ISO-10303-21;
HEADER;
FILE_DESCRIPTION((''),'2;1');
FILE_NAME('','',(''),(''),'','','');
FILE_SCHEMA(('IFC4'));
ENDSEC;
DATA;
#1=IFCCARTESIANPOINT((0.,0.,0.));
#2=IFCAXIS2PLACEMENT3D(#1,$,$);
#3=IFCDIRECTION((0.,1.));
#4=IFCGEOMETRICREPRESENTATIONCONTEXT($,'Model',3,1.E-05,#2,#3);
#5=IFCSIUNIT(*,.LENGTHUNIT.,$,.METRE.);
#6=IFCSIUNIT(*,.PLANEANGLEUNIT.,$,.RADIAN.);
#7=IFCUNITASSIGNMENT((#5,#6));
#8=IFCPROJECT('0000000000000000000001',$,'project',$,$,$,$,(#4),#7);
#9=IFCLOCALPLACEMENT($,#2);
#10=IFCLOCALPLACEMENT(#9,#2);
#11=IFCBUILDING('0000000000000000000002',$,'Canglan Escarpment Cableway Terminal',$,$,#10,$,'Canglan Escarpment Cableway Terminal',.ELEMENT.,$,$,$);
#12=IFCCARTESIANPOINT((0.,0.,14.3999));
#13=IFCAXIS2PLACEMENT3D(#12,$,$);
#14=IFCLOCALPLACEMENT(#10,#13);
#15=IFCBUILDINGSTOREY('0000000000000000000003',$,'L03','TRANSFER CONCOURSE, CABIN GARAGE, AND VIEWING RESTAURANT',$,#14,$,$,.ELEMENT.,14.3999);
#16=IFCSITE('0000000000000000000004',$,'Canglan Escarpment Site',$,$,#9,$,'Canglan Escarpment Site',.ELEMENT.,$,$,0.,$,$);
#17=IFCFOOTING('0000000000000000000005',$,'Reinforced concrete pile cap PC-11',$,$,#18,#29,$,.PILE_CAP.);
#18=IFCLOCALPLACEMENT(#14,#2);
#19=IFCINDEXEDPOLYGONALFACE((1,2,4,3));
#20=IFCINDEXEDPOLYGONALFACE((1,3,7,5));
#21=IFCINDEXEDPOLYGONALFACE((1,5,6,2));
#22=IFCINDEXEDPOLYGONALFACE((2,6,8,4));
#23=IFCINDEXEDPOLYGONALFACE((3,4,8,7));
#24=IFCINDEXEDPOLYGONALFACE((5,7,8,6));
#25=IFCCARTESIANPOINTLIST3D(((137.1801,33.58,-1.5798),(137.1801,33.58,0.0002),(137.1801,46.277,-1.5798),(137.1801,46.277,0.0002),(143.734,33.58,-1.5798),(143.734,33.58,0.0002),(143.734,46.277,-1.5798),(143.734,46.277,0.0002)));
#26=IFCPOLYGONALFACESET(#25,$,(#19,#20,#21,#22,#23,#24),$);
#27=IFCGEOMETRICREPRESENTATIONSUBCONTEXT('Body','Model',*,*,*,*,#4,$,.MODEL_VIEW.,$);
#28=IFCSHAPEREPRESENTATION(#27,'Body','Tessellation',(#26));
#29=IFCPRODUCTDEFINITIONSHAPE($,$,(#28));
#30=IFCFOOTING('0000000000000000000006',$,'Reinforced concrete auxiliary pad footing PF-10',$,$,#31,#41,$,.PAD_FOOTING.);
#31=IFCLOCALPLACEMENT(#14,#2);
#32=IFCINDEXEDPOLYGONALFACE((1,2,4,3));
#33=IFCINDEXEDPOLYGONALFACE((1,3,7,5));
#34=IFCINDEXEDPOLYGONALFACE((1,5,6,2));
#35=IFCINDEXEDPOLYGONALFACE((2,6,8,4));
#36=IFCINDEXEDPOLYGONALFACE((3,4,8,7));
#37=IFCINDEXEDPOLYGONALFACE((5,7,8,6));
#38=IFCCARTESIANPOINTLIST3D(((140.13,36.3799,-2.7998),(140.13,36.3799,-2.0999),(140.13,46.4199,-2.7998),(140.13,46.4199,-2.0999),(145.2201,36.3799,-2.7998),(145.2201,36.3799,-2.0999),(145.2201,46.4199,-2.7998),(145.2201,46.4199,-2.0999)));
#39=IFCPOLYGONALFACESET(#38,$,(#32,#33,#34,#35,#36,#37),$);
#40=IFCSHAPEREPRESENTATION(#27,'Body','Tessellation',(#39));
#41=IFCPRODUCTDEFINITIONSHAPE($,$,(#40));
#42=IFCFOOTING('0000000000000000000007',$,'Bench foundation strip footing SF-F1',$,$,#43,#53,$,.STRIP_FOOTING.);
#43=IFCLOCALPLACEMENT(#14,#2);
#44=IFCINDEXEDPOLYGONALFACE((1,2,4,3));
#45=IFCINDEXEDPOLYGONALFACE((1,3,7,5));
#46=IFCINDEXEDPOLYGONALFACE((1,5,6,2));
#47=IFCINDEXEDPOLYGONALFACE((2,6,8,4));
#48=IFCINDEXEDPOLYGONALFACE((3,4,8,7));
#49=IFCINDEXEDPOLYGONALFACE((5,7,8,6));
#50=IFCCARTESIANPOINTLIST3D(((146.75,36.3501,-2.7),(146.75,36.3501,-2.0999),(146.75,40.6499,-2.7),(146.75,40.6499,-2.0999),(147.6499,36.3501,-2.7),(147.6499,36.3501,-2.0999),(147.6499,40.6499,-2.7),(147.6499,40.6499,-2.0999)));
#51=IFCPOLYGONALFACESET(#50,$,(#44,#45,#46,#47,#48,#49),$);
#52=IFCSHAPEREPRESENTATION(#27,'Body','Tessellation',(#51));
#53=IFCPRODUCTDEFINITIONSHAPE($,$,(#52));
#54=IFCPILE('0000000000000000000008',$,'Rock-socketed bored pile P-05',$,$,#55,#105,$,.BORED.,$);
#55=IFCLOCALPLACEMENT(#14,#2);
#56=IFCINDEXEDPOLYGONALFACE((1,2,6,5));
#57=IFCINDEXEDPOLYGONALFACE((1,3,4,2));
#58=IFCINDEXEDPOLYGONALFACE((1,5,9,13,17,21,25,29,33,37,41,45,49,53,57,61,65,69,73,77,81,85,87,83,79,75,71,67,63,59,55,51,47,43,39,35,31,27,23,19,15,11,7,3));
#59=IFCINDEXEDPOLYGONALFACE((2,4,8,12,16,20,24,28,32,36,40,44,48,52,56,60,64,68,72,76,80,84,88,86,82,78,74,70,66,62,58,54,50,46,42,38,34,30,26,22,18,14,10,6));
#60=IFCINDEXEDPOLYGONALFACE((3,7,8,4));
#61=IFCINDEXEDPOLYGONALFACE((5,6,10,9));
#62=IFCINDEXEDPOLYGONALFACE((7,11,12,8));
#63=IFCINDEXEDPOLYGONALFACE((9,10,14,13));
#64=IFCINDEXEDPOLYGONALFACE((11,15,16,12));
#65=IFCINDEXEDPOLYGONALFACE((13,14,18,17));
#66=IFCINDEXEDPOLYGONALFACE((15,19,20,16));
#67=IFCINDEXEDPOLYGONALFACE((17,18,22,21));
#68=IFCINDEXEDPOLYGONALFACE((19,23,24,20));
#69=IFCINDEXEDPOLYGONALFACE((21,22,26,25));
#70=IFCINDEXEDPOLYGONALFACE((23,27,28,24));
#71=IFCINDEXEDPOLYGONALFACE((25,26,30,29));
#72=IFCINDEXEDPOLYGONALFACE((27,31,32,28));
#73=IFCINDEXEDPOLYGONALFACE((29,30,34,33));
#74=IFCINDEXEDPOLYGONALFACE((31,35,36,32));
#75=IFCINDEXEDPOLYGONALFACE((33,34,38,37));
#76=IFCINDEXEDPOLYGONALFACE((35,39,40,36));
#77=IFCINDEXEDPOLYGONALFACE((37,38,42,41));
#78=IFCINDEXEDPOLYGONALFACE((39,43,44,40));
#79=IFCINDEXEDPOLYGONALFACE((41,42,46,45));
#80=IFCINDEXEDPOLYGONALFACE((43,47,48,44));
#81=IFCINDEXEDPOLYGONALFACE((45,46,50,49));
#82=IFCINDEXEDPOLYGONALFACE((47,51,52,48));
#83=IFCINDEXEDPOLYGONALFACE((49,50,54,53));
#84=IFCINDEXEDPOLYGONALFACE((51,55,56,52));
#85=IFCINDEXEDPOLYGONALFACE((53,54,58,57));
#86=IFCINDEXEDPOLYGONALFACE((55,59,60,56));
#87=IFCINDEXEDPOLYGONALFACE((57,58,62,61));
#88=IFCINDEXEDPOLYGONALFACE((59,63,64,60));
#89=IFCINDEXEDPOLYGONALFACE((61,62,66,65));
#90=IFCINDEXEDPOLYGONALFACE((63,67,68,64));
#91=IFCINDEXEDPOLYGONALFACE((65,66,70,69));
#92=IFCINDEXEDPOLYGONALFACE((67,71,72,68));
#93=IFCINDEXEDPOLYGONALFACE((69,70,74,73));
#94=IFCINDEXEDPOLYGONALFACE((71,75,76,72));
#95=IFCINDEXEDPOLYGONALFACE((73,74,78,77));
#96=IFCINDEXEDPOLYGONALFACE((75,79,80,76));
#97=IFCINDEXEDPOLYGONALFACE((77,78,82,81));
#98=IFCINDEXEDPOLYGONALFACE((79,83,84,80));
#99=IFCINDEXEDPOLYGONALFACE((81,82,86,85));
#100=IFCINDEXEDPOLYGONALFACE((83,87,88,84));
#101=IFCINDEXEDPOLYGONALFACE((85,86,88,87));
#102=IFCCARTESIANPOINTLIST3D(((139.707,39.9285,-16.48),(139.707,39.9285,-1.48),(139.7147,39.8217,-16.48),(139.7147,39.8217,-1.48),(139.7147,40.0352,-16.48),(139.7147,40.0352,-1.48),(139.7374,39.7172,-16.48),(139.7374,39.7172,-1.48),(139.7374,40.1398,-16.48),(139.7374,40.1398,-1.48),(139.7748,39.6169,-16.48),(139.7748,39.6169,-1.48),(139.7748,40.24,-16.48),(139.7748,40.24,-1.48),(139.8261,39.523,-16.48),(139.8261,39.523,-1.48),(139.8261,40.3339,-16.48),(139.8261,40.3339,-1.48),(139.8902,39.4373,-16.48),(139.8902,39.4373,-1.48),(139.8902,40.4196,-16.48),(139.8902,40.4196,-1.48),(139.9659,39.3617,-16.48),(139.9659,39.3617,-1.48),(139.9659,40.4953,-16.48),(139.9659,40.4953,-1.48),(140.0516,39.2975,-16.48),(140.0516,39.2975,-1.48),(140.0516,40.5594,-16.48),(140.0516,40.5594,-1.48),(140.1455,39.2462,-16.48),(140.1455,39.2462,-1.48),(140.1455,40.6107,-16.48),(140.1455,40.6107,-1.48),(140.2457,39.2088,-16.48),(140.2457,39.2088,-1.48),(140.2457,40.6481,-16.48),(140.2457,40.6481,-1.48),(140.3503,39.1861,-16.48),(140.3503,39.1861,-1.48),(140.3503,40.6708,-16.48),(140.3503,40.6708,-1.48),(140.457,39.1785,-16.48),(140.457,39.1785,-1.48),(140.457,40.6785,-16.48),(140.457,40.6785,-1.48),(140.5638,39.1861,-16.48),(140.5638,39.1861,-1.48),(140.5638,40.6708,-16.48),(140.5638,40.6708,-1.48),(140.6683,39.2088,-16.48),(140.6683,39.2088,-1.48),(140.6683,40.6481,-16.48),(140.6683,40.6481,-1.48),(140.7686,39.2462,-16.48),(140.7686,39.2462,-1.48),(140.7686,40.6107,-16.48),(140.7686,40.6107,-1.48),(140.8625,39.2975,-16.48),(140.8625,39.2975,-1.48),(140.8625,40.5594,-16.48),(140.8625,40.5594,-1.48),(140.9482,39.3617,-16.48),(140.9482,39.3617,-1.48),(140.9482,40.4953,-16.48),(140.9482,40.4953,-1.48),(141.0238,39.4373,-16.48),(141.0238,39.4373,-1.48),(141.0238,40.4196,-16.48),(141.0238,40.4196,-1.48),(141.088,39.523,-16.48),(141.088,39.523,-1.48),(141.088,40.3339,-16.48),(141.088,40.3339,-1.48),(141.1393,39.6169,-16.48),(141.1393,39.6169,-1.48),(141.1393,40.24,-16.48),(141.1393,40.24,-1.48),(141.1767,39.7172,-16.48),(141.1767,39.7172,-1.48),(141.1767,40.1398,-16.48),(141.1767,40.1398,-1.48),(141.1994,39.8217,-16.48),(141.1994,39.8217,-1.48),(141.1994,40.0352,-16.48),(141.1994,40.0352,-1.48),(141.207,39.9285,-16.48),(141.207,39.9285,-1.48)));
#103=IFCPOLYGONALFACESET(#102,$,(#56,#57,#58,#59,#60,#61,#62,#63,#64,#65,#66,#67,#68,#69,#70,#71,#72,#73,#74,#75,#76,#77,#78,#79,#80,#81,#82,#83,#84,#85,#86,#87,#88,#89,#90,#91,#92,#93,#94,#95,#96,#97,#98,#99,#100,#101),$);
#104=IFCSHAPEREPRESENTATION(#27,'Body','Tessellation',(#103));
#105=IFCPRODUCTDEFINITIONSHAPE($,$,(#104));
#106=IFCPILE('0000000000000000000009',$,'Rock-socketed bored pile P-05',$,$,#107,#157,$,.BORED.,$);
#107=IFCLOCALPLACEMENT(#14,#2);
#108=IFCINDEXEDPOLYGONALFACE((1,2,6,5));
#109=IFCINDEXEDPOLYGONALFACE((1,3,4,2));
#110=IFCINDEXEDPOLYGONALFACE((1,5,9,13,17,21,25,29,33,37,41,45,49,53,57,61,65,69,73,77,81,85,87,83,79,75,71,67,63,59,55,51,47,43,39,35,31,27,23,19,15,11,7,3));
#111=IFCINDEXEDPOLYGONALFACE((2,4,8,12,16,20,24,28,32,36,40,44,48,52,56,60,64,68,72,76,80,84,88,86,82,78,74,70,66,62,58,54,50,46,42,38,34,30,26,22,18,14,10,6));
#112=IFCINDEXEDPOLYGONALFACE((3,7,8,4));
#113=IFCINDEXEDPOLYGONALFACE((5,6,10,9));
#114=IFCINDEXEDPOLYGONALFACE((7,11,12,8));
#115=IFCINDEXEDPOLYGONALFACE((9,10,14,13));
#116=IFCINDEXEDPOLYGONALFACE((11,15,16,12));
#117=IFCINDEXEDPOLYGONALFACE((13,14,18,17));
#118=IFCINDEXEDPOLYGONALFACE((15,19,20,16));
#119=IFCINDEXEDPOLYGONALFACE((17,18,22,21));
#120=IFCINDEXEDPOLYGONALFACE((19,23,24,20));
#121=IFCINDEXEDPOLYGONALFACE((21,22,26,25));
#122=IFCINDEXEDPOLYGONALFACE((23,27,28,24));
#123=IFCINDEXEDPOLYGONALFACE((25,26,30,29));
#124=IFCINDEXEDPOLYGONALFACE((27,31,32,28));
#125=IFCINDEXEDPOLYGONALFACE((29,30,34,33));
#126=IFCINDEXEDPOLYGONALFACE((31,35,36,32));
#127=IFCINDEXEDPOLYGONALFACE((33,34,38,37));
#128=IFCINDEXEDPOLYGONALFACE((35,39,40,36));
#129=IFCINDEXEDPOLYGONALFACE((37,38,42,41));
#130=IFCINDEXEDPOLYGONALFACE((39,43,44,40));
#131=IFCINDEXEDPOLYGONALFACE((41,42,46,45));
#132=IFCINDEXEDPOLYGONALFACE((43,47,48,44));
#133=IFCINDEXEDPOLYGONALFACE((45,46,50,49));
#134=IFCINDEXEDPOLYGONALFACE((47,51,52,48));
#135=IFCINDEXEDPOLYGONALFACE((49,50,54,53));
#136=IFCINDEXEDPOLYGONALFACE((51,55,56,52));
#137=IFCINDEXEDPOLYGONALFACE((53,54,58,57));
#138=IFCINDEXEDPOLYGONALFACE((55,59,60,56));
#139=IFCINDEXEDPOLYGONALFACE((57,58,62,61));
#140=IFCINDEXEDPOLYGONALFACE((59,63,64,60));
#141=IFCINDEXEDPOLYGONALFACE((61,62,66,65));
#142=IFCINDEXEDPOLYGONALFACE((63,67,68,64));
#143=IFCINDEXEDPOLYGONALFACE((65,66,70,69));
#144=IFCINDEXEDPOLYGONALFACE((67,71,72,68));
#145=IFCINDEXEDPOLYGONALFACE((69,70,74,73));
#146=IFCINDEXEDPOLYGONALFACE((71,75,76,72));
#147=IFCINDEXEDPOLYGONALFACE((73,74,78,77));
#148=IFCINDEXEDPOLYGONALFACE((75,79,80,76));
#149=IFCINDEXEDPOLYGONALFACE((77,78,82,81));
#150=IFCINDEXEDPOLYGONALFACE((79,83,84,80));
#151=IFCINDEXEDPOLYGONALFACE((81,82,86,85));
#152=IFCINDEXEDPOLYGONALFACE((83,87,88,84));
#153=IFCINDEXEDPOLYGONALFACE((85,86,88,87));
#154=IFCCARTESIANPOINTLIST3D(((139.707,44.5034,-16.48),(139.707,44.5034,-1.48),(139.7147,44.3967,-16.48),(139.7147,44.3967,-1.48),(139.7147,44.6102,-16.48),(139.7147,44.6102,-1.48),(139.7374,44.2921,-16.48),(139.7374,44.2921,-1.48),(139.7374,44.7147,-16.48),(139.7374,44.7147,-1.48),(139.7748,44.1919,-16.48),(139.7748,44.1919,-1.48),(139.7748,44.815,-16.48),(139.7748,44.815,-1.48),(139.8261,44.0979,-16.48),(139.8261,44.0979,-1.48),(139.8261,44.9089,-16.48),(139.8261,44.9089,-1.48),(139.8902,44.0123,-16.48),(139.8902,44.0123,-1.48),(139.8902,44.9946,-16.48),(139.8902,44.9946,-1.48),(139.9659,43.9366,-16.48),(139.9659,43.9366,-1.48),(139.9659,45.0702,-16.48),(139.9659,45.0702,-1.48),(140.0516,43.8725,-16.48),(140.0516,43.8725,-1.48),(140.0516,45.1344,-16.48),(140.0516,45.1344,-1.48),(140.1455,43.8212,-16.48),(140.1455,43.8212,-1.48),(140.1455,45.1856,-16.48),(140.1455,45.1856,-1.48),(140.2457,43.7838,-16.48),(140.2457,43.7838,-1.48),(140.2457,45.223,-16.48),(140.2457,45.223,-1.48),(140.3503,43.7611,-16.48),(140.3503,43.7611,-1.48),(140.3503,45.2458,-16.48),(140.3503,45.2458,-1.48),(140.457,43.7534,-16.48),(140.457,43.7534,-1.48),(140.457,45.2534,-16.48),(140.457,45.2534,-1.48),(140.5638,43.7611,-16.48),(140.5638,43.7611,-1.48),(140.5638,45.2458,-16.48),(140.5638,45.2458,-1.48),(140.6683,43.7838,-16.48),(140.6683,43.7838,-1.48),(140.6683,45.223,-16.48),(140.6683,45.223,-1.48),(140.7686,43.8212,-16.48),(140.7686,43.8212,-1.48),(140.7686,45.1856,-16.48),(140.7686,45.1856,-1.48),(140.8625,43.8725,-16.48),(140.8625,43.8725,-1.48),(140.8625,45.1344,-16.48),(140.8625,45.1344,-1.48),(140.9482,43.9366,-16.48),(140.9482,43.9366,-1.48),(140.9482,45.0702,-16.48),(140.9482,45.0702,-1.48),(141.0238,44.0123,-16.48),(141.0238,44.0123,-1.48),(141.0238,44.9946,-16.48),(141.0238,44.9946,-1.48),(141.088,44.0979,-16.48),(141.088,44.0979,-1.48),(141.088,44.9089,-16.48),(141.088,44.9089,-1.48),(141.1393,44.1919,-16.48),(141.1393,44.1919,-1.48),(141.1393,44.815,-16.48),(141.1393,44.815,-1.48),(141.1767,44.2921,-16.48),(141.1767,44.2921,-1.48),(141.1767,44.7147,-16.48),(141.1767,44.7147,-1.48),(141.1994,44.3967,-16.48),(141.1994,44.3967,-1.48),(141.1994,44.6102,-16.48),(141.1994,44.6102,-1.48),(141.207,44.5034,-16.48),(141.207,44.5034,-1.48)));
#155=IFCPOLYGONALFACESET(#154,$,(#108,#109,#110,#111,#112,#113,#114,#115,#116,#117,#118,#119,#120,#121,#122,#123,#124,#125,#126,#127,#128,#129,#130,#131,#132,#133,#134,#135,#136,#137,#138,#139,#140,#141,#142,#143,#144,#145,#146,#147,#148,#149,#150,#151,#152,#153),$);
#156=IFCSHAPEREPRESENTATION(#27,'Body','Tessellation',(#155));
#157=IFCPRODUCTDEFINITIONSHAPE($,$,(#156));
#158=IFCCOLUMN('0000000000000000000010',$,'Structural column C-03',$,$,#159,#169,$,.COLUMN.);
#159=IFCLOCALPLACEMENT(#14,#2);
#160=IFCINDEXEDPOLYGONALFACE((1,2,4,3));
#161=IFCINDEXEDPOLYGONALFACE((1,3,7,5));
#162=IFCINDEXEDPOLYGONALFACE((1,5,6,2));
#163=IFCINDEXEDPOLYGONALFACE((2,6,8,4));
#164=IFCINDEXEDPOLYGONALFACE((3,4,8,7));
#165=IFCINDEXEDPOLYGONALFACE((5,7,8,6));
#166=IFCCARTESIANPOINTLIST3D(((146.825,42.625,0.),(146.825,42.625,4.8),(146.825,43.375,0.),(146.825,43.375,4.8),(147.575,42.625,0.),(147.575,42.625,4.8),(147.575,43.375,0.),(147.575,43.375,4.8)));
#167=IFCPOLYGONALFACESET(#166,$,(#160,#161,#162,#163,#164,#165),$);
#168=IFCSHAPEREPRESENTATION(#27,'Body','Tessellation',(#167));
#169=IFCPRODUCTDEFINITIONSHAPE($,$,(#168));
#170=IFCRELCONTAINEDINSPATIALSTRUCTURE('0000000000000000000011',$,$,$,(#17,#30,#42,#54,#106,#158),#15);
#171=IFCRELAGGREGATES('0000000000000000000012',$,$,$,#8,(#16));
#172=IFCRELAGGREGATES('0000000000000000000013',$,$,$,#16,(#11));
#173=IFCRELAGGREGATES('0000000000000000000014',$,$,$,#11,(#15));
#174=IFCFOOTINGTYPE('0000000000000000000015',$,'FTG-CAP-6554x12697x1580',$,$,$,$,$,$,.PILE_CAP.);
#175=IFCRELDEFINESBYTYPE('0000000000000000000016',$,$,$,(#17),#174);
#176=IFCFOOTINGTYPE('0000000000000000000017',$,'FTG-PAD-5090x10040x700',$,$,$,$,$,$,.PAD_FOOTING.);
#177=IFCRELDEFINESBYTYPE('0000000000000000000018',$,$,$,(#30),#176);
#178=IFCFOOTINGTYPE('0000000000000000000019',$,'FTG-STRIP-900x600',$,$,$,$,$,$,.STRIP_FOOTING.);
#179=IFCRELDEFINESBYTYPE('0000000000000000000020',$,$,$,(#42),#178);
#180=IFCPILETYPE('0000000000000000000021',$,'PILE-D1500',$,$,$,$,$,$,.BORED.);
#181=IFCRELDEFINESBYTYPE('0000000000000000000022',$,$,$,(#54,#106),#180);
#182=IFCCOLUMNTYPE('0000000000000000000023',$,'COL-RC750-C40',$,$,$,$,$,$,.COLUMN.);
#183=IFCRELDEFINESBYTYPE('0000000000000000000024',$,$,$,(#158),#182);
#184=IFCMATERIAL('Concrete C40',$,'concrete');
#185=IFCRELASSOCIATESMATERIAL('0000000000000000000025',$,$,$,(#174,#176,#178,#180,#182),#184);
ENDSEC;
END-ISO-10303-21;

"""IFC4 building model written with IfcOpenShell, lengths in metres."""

from ifc_helpers import new_model, si_unit, direction, frame, origin, origin_2d, place, context, subcontext, project, spatial, rectangle, circle, extrude, material, material_profile, profile_set, type_object, element, save


model = new_model("IFC4")

# Units and contexts
model_context = context("Model", 3, precision=1e-05, world=origin(), true_north=direction((0.0, 1.0)))
body_context = subcontext(model_context, "Body", "Model", "MODEL_VIEW")
ifc_project = project(units=[si_unit("LENGTHUNIT", "METRE"), si_unit("PLANEANGLEUNIT", "RADIAN")], contexts=[model_context])

# Site, building, storey
site_placement = place(None, origin())
site = spatial("IfcSite", under=ifc_project, at=site_placement, Name="Canglan Escarpment Site", LongName="Canglan Escarpment Site", CompositionType="ELEMENT", RefElevation=0.0)
building_placement = place(site_placement, origin())
building = spatial("IfcBuilding", under=site, at=building_placement, Name="Canglan Escarpment Cableway Terminal", LongName="Canglan Escarpment Cableway Terminal", CompositionType="ELEMENT")
storey_placement = place(building_placement, frame((0.0, 0.0, 14.3999)))
storey = spatial("IfcBuildingStorey", under=building, at=storey_placement, Name="L03", Description="TRANSFER CONCOURSE, CABIN GARAGE, AND VIEWING RESTAURANT", CompositionType="ELEMENT", Elevation=14.3999)

# Footings
ifc_material_1 = material(Name="Concrete C40", Category="concrete")
footing_type_1 = type_object("IfcFootingType", Name="FTG-CAP-6554x12697x1580", PredefinedType="PILE_CAP", material=ifc_material_1)
footing_1_placement = place(storey_placement, frame((140.457, 39.9285, -1.5798), z_axis=(0.0, 0.0, 1.0), x_axis=(1.0, 0.0, 0.0)))
element("IfcFooting", 1, at=footing_1_placement, inside=storey, type_object=footing_type_1, Name="Reinforced concrete pile cap PC-11", PredefinedType="PILE_CAP", context=body_context, shape_type="SweptSolid", body=[
    extrude(rectangle(XDim=6.554, YDim=12.697, at=origin_2d()), origin(), (0.0, 0.0, 1.0), 1.5801),
])
footing_type_2 = type_object("IfcFootingType", Name="FTG-PAD-5090x10040x700", PredefinedType="PAD_FOOTING", material=ifc_material_1)
footing_2_placement = place(storey_placement, frame((142.675, 41.3999, -2.7998), z_axis=(0.0, 0.0, 1.0), x_axis=(1.0, 0.0, 0.0)))
element("IfcFooting", 2, at=footing_2_placement, inside=storey, type_object=footing_type_2, Name="Reinforced concrete auxiliary pad footing PF-10", PredefinedType="PAD_FOOTING", context=body_context, shape_type="SweptSolid", body=[
    extrude(rectangle(XDim=5.0901, YDim=10.04, at=origin_2d()), origin(), (0.0, 0.0, 1.0), 0.7),
])
ifc_material_profile_1 = material_profile(ifc_material_1, rectangle(XDim=0.8999, YDim=0.6001, at=origin_2d()), Name="SF 900x600")
ifc_profile_set_1 = profile_set([ifc_material_profile_1], Name="Concrete C40")
footing_type_3 = type_object("IfcFootingType", Name="FTG-STRIP-900x600", PredefinedType="STRIP_FOOTING", material=ifc_profile_set_1)
footing_3_placement = place(storey_placement, frame((147.2, 36.3501, -2.3999), z_axis=(0.0, 1.0, 0.0), x_axis=(-1.0, 0.0, 0.0)))
element("IfcFooting", 3, at=footing_3_placement, inside=storey, type_object=footing_type_3, Name="Bench foundation strip footing SF-F1", PredefinedType="STRIP_FOOTING", context=body_context, shape_type="SweptSolid", body=[
    extrude(rectangle(XDim=0.8999, YDim=0.6001, at=origin_2d()), origin(), (0.0, 0.0, 1.0), 4.2998),
])

# Piles
ifc_material_profile_2 = material_profile(ifc_material_1, circle(Radius=0.75, at=origin_2d()), Name="BORED PILE D1500")
ifc_profile_set_2 = profile_set([ifc_material_profile_2], Name="Concrete C40")
pile_type = type_object("IfcPileType", Name="PILE-D1500", PredefinedType="BORED", material=ifc_profile_set_2)
for number, where, z_axis, x_axis, name in (
    (4, (140.457, 39.9285, -1.48), (0.0, 0.0, -1.0), (1.0, 0.0, 0.0), "Rock-socketed bored pile P-05"),
    (5, (140.457, 44.5034, -1.48), (0.0, 0.0, -1.0), (1.0, 0.0, 0.0), "Rock-socketed bored pile P-05"),
):
    element("IfcPile", number, at=place(storey_placement, frame(where, z_axis=z_axis, x_axis=x_axis)), inside=storey, type_object=pile_type, Name=name, PredefinedType="BORED", context=body_context, shape_type="SweptSolid", body=[
        extrude(circle(Radius=0.75, at=origin_2d()), origin(), (0.0, 0.0, 1.0), 15.0),
    ])

# Column
ifc_material_profile_3 = material_profile(ifc_material_1, rectangle(XDim=0.75, YDim=0.75, at=origin_2d()), Name="RC 750x750")
ifc_profile_set_3 = profile_set([ifc_material_profile_3], Name="Concrete C40")
column_type = type_object("IfcColumnType", Name="COL-RC750-C40", PredefinedType="COLUMN", material=ifc_profile_set_3)
column_placement = place(storey_placement, frame((147.2, 43.0, 0.0), z_axis=(0.0, 0.0, 1.0), x_axis=(1.0, 0.0, 0.0)))
element("IfcColumn", 6, at=column_placement, inside=storey, type_object=column_type, Name="Structural column C-03", PredefinedType="COLUMN", context=body_context, shape_type="SweptSolid", body=[
    extrude(rectangle(XDim=0.75, YDim=0.75, at=origin_2d()), origin(), (0.0, 0.0, 1.0), 4.8),
])

save(model, "model.ifc")
